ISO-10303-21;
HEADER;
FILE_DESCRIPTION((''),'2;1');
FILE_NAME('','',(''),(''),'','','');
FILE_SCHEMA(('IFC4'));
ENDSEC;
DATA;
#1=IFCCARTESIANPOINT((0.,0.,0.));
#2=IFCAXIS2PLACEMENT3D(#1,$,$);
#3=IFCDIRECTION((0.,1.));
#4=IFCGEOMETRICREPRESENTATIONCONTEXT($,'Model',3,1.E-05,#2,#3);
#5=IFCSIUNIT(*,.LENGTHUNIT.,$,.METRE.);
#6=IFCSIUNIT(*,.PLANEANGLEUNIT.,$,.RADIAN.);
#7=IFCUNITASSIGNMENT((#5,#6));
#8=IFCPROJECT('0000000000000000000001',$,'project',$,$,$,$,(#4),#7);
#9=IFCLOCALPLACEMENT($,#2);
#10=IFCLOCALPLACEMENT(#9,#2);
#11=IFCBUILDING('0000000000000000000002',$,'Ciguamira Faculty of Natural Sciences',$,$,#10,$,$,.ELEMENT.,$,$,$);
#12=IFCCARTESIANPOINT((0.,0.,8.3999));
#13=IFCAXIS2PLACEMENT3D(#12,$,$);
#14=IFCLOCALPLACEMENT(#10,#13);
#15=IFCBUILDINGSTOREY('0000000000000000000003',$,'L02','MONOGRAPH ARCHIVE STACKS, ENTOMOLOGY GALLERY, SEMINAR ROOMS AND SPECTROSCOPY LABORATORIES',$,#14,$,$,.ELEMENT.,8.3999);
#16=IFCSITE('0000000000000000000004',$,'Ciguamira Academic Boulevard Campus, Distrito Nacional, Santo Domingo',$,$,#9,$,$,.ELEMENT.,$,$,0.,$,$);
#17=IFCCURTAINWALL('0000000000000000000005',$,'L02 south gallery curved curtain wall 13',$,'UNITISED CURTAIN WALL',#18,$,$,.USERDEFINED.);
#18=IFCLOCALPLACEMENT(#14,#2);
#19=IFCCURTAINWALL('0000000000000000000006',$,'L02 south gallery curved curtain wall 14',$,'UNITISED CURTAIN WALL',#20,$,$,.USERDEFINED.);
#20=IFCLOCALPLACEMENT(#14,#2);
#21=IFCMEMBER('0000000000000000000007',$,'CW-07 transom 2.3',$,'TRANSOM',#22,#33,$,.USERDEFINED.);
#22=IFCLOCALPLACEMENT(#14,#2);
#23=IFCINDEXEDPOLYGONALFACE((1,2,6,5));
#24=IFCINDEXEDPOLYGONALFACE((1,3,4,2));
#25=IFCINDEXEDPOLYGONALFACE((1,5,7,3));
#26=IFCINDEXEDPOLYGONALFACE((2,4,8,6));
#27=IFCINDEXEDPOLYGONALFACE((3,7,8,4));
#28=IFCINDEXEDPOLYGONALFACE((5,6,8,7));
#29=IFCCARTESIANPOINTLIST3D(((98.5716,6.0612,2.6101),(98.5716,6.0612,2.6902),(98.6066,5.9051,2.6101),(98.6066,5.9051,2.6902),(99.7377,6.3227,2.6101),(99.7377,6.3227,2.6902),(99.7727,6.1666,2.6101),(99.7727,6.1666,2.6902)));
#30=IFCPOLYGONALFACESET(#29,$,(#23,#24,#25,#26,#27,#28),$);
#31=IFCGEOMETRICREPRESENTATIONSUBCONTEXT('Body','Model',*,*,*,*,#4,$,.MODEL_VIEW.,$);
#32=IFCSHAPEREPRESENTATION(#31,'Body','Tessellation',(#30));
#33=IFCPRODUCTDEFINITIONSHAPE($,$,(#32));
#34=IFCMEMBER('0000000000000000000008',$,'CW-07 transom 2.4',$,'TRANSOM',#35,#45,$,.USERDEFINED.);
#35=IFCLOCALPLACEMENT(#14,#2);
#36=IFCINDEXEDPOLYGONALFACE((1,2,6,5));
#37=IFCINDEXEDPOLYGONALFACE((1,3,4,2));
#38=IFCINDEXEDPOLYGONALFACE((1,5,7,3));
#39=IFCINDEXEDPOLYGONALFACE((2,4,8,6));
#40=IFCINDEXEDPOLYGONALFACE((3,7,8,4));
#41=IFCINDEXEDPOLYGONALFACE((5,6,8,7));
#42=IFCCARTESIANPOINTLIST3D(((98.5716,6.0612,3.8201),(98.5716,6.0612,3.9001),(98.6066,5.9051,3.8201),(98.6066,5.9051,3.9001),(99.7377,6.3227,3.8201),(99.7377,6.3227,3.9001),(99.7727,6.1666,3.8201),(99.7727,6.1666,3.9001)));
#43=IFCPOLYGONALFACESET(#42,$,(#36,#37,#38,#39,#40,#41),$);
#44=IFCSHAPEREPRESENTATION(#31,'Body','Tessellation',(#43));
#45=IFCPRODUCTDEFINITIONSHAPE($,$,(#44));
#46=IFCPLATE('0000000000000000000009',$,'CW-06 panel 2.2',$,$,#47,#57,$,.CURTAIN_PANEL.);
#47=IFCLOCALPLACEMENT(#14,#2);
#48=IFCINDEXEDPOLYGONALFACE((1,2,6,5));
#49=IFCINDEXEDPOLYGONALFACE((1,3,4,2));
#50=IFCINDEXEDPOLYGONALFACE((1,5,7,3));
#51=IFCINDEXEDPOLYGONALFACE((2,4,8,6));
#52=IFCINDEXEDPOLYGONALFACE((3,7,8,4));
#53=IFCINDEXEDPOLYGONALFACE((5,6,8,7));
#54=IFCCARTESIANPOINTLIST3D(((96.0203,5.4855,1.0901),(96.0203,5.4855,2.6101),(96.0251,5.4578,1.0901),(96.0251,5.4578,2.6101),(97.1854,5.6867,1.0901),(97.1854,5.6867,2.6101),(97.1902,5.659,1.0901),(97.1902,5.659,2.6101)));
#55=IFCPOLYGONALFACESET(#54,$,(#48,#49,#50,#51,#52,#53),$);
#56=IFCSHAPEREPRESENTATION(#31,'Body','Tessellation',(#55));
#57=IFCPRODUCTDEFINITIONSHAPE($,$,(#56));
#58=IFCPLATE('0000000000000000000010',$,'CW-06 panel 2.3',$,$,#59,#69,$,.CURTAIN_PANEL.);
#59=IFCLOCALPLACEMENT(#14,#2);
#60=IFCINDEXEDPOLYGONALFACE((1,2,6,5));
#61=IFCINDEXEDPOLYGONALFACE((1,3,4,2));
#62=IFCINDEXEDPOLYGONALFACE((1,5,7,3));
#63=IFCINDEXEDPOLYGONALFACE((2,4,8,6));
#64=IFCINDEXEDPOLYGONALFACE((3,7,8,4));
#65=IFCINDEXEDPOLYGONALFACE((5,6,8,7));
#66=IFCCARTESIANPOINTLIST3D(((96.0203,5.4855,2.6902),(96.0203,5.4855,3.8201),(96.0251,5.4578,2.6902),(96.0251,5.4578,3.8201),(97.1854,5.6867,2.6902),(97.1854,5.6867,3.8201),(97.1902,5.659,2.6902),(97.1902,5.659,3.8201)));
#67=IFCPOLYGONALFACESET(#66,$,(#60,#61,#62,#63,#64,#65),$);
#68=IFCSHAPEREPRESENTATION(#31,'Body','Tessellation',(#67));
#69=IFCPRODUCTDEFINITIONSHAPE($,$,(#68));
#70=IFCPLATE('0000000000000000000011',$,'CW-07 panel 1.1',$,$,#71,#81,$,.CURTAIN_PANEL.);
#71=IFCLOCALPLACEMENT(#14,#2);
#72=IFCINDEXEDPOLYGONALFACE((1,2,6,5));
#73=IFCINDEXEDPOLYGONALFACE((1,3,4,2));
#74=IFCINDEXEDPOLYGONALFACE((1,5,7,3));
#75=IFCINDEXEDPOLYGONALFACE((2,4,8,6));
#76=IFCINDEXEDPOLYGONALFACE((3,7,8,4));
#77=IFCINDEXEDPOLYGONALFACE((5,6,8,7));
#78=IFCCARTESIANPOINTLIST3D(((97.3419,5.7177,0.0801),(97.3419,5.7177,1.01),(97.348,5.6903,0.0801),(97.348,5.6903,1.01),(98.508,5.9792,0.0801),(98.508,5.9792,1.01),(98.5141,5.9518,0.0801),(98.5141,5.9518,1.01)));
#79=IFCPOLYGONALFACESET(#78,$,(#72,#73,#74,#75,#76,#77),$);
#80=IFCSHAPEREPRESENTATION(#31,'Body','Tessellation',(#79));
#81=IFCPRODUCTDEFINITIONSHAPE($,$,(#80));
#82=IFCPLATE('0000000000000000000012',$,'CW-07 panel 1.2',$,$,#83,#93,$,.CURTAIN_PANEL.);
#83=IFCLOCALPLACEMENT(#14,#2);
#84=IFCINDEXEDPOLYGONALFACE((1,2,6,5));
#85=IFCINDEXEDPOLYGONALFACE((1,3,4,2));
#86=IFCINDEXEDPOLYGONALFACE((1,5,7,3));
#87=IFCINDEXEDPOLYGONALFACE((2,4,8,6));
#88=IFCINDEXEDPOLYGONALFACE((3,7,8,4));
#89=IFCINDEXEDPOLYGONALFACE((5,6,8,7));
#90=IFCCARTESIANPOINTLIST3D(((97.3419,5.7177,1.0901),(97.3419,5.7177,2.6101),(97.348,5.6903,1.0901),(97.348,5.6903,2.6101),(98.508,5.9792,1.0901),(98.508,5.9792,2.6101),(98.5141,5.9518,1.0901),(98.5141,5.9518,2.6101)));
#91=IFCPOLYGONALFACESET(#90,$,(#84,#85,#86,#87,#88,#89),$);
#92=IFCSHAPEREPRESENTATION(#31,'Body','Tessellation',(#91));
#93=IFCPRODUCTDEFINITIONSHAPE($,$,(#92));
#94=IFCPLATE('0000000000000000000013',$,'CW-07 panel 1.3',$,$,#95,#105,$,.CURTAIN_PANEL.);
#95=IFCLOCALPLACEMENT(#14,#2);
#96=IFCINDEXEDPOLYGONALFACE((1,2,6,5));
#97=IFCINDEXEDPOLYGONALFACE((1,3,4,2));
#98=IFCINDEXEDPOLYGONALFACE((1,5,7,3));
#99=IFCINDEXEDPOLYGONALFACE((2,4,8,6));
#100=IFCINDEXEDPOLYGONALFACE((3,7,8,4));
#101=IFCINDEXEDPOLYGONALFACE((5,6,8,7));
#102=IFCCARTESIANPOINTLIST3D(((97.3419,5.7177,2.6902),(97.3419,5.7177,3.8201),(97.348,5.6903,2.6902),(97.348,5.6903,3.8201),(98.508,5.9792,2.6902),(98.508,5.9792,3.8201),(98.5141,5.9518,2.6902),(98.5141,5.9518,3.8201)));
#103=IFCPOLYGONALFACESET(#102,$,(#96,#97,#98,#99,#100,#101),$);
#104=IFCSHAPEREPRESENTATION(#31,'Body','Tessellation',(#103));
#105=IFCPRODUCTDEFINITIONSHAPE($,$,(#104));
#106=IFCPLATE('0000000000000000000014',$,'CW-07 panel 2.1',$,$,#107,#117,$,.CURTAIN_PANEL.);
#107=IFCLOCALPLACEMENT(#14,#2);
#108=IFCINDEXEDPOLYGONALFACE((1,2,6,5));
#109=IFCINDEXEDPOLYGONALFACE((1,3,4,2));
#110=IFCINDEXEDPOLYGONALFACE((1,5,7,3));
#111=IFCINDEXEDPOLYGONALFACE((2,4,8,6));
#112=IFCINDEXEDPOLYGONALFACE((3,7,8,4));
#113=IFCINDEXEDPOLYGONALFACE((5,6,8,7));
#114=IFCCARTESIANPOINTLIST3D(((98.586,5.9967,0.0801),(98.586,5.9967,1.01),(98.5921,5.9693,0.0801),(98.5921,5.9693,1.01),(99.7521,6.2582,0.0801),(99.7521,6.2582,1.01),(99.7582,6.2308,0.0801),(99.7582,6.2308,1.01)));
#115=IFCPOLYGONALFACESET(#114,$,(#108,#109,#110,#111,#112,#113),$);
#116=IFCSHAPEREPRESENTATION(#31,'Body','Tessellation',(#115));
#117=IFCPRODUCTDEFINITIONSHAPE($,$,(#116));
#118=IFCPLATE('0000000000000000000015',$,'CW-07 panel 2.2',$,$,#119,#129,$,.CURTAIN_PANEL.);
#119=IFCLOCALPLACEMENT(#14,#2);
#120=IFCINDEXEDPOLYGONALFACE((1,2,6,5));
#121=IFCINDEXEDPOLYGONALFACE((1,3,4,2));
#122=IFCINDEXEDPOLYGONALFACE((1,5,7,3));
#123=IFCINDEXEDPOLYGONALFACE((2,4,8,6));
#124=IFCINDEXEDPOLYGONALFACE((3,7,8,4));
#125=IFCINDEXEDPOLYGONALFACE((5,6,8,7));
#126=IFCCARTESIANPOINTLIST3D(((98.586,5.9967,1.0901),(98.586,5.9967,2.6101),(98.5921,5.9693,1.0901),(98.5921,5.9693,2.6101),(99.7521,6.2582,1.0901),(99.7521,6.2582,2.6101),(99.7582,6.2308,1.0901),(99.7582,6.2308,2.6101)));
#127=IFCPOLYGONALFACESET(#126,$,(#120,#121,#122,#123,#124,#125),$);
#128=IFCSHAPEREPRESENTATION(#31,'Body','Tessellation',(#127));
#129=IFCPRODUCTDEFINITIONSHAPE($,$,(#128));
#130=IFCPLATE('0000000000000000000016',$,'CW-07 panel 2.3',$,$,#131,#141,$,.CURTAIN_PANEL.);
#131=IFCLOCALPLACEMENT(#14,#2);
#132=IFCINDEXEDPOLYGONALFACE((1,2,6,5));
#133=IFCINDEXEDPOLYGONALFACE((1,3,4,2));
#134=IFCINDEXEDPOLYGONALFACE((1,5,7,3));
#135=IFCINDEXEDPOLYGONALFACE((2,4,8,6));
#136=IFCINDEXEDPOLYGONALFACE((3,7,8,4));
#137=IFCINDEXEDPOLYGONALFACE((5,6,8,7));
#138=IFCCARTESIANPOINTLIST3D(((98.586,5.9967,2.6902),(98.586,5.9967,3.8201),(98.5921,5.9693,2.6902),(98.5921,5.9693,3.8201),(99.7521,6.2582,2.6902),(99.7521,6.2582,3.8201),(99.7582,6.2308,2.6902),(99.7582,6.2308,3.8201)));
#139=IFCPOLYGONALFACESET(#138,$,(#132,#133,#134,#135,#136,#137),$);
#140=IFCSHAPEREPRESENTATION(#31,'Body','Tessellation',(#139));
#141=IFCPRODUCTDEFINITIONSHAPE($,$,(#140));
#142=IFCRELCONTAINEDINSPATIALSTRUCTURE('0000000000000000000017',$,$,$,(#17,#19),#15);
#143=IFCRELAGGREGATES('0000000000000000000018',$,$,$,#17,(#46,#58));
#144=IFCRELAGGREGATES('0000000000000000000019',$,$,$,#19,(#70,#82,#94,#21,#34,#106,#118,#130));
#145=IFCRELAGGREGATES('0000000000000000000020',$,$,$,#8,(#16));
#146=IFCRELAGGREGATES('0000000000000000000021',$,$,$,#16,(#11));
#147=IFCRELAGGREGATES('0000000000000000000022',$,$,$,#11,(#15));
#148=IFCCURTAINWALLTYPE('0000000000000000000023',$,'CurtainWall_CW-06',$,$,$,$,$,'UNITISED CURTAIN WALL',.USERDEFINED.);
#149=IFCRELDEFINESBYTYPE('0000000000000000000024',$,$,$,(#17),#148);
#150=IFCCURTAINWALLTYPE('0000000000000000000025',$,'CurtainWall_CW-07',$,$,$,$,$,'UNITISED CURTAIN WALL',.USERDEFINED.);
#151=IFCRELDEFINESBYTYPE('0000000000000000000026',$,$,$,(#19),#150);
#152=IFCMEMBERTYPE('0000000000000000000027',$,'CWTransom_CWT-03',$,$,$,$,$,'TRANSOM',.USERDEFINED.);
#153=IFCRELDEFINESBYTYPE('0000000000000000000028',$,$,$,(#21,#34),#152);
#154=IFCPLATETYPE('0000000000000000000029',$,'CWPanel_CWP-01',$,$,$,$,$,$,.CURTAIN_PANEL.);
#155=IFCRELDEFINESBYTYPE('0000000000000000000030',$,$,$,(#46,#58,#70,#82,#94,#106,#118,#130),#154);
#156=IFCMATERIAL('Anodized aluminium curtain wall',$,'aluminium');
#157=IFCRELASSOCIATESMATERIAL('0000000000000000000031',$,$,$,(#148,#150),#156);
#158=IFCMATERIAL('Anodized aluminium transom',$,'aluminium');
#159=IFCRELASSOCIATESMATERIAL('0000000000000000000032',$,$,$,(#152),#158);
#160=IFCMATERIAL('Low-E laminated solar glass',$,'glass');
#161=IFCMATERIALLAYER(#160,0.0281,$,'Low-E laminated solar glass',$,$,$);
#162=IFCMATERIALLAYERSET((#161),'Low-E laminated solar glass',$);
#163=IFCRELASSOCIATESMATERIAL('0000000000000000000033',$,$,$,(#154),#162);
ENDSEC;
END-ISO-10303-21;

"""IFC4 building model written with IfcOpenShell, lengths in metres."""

from ifc_helpers import new_model, si_unit, direction, frame, origin, origin_2d, place, context, subcontext, project, spatial, rectangle, extrude, material, layer, layer_set, material_profile, profile_set, type_object, element, aggregate, save


model = new_model("IFC4")

# Units and contexts
model_context = context("Model", 3, precision=1e-05, world=origin(), true_north=direction((0.0, 1.0)))
body_context = subcontext(model_context, "Body", "Model", "MODEL_VIEW")
ifc_project = project(units=[si_unit("LENGTHUNIT", "METRE"), si_unit("PLANEANGLEUNIT", "RADIAN")], contexts=[model_context])

# Site, building, storey
site_placement = place(None, origin())
site = spatial("IfcSite", under=ifc_project, at=site_placement, Name="Ciguamira Academic Boulevard Campus, Distrito Nacional, Santo Domingo", CompositionType="ELEMENT", RefElevation=0.0)
building_placement = place(site_placement, origin())
building = spatial("IfcBuilding", under=site, at=building_placement, Name="Ciguamira Faculty of Natural Sciences", CompositionType="ELEMENT")
storey_placement = place(building_placement, frame((0.0, 0.0, 8.3999)))
storey = spatial("IfcBuildingStorey", under=building, at=storey_placement, Name="L02", Description="MONOGRAPH ARCHIVE STACKS, ENTOMOLOGY GALLERY, SEMINAR ROOMS AND SPECTROSCOPY LABORATORIES", CompositionType="ELEMENT", Elevation=8.3999)

# Curtain wall
ifc_material_1 = material(Name="Anodized aluminium curtain wall", Category="aluminium")
curtain_wall_type_1 = type_object("IfcCurtainWallType", Name="CurtainWall_CW-06", ElementType="UNITISED CURTAIN WALL", PredefinedType="USERDEFINED", material=ifc_material_1)
curtain_wall_1_placement = place(storey_placement, origin())
curtain_wall_1 = element("IfcCurtainWall", 1, at=curtain_wall_1_placement, inside=storey, type_object=curtain_wall_type_1, Name="L02 south gallery curved curtain wall 13", ObjectType="UNITISED CURTAIN WALL", PredefinedType="USERDEFINED")

# Curtain wall
curtain_wall_type_2 = type_object("IfcCurtainWallType", Name="CurtainWall_CW-07", ElementType="UNITISED CURTAIN WALL", PredefinedType="USERDEFINED", material=ifc_material_1)
curtain_wall_2_placement = place(storey_placement, origin())
curtain_wall_2 = element("IfcCurtainWall", 2, at=curtain_wall_2_placement, inside=storey, type_object=curtain_wall_type_2, Name="L02 south gallery curved curtain wall 14", ObjectType="UNITISED CURTAIN WALL", PredefinedType="USERDEFINED")

# Members
ifc_material_2 = material(Name="Anodized aluminium transom", Category="aluminium")
ifc_material_profile_1 = material_profile(ifc_material_2, rectangle(XDim=0.0801, YDim=0.1599, at=origin_2d()), Name="ALU-TRN-80X160")
ifc_profile_set_1 = profile_set([ifc_material_profile_1], Name="Anodized aluminium transom")
member_type_1 = type_object("IfcMemberType", Name="CWTransom_CWT-03", ElementType="TRANSOM", PredefinedType="USERDEFINED", material=ifc_profile_set_1)
member_1_placement = place(storey_placement, frame((98.5891, 5.9832, 2.6501), z_axis=(0.975767, 0.218812, 0.0), x_axis=(0.0, 0.0, 1.0)))
member_1 = element("IfcMember", 3, at=member_1_placement, type_object=member_type_1, Name="CW-07 transom 2.3", ObjectType="TRANSOM", PredefinedType="USERDEFINED", context=body_context, shape_type="SweptSolid", body=[
    extrude(rectangle(XDim=0.0801, YDim=0.1599, at=origin_2d()), origin(), (0.0, 0.0, 1.0), 1.1951),
])
member_2_placement = place(storey_placement, frame((98.5891, 5.9832, 3.8601), z_axis=(0.975767, 0.218812, 0.0), x_axis=(0.0, 0.0, 1.0)))
member_2 = element("IfcMember", 4, at=member_2_placement, type_object=member_type_1, Name="CW-07 transom 2.4", ObjectType="TRANSOM", PredefinedType="USERDEFINED", context=body_context, shape_type="SweptSolid", body=[
    extrude(rectangle(XDim=0.0801, YDim=0.1599, at=origin_2d()), origin(), (0.0, 0.0, 1.0), 1.1951),
])

# Plates
ifc_material_3 = material(Name="Low-E laminated solar glass", Category="glass")
ifc_layer = layer(ifc_material_3, 0.0281, Name="Low-E laminated solar glass")
ifc_layer_set = layer_set([ifc_layer], Name="Low-E laminated solar glass")
plate_type = type_object("IfcPlateType", Name="CWPanel_CWP-01", PredefinedType="CURTAIN_PANEL", material=ifc_layer_set)
plate_1_placement = place(storey_placement, frame((96.6052, 5.5723, 1.0901), z_axis=(0.0, 0.0, 1.0), x_axis=(0.985411, 0.170192, 0.0)))
plate_1 = element("IfcPlate", 5, at=plate_1_placement, type_object=plate_type, Name="CW-06 panel 2.2", PredefinedType="CURTAIN_PANEL", context=body_context, shape_type="SweptSolid", body=[
    extrude(rectangle(XDim=1.1824, YDim=0.0281, at=origin_2d()), origin(), (0.0, 0.0, 1.0), 1.52),
])
plate_2_placement = place(storey_placement, frame((96.6052, 5.5723, 2.6902), z_axis=(0.0, 0.0, 1.0), x_axis=(0.985411, 0.170192, 0.0)))
plate_2 = element("IfcPlate", 6, at=plate_2_placement, type_object=plate_type, Name="CW-06 panel 2.3", PredefinedType="CURTAIN_PANEL", context=body_context, shape_type="SweptSolid", body=[
    extrude(rectangle(XDim=1.1824, YDim=0.0281, at=origin_2d()), origin(), (0.0, 0.0, 1.0), 1.1299),
])
aggregate(curtain_wall_1, [plate_1, plate_2])
plate_3_placement = place(storey_placement, frame((97.928, 5.8347, 0.0801), z_axis=(0.0, 0.0, 1.0), x_axis=(0.975763, 0.21883, 0.0)))
plate_3 = element("IfcPlate", 7, at=plate_3_placement, type_object=plate_type, Name="CW-07 panel 1.1", PredefinedType="CURTAIN_PANEL", context=body_context, shape_type="SweptSolid", body=[
    extrude(rectangle(XDim=1.1951, YDim=0.0281, at=origin_2d()), origin(), (0.0, 0.0, 1.0), 0.9299),
])
plate_4_placement = place(storey_placement, frame((97.928, 5.8347, 1.0901), z_axis=(0.0, 0.0, 1.0), x_axis=(0.975763, 0.21883, 0.0)))
plate_4 = element("IfcPlate", 8, at=plate_4_placement, type_object=plate_type, Name="CW-07 panel 1.2", PredefinedType="CURTAIN_PANEL", context=body_context, shape_type="SweptSolid", body=[
    extrude(rectangle(XDim=1.1951, YDim=0.0281, at=origin_2d()), origin(), (0.0, 0.0, 1.0), 1.52),
])
plate_5_placement = place(storey_placement, frame((97.928, 5.8347, 2.6902), z_axis=(0.0, 0.0, 1.0), x_axis=(0.975763, 0.21883, 0.0)))
plate_5 = element("IfcPlate", 9, at=plate_5_placement, type_object=plate_type, Name="CW-07 panel 1.3", PredefinedType="CURTAIN_PANEL", context=body_context, shape_type="SweptSolid", body=[
    extrude(rectangle(XDim=1.1951, YDim=0.0281, at=origin_2d()), origin(), (0.0, 0.0, 1.0), 1.1299),
])
plate_6_placement = place(storey_placement, frame((99.1721, 6.1138, 0.0801), z_axis=(0.0, 0.0, 1.0), x_axis=(0.975763, 0.21883, 0.0)))
plate_6 = element("IfcPlate", 10, at=plate_6_placement, type_object=plate_type, Name="CW-07 panel 2.1", PredefinedType="CURTAIN_PANEL", context=body_context, shape_type="SweptSolid", body=[
    extrude(rectangle(XDim=1.1951, YDim=0.0281, at=origin_2d()), origin(), (0.0, 0.0, 1.0), 0.9299),
])
plate_7_placement = place(storey_placement, frame((99.1721, 6.1138, 1.0901), z_axis=(0.0, 0.0, 1.0), x_axis=(0.975763, 0.21883, 0.0)))
plate_7 = element("IfcPlate", 11, at=plate_7_placement, type_object=plate_type, Name="CW-07 panel 2.2", PredefinedType="CURTAIN_PANEL", context=body_context, shape_type="SweptSolid", body=[
    extrude(rectangle(XDim=1.1951, YDim=0.0281, at=origin_2d()), origin(), (0.0, 0.0, 1.0), 1.52),
])
plate_8_placement = place(storey_placement, frame((99.1721, 6.1138, 2.6902), z_axis=(0.0, 0.0, 1.0), x_axis=(0.975763, 0.21883, 0.0)))
plate_8 = element("IfcPlate", 12, at=plate_8_placement, type_object=plate_type, Name="CW-07 panel 2.3", PredefinedType="CURTAIN_PANEL", context=body_context, shape_type="SweptSolid", body=[
    extrude(rectangle(XDim=1.1951, YDim=0.0281, at=origin_2d()), origin(), (0.0, 0.0, 1.0), 1.1299),
])
aggregate(curtain_wall_2, [plate_3, plate_4, plate_5, member_1, member_2, plate_6, plate_7, plate_8])

save(model, "model.ifc")
